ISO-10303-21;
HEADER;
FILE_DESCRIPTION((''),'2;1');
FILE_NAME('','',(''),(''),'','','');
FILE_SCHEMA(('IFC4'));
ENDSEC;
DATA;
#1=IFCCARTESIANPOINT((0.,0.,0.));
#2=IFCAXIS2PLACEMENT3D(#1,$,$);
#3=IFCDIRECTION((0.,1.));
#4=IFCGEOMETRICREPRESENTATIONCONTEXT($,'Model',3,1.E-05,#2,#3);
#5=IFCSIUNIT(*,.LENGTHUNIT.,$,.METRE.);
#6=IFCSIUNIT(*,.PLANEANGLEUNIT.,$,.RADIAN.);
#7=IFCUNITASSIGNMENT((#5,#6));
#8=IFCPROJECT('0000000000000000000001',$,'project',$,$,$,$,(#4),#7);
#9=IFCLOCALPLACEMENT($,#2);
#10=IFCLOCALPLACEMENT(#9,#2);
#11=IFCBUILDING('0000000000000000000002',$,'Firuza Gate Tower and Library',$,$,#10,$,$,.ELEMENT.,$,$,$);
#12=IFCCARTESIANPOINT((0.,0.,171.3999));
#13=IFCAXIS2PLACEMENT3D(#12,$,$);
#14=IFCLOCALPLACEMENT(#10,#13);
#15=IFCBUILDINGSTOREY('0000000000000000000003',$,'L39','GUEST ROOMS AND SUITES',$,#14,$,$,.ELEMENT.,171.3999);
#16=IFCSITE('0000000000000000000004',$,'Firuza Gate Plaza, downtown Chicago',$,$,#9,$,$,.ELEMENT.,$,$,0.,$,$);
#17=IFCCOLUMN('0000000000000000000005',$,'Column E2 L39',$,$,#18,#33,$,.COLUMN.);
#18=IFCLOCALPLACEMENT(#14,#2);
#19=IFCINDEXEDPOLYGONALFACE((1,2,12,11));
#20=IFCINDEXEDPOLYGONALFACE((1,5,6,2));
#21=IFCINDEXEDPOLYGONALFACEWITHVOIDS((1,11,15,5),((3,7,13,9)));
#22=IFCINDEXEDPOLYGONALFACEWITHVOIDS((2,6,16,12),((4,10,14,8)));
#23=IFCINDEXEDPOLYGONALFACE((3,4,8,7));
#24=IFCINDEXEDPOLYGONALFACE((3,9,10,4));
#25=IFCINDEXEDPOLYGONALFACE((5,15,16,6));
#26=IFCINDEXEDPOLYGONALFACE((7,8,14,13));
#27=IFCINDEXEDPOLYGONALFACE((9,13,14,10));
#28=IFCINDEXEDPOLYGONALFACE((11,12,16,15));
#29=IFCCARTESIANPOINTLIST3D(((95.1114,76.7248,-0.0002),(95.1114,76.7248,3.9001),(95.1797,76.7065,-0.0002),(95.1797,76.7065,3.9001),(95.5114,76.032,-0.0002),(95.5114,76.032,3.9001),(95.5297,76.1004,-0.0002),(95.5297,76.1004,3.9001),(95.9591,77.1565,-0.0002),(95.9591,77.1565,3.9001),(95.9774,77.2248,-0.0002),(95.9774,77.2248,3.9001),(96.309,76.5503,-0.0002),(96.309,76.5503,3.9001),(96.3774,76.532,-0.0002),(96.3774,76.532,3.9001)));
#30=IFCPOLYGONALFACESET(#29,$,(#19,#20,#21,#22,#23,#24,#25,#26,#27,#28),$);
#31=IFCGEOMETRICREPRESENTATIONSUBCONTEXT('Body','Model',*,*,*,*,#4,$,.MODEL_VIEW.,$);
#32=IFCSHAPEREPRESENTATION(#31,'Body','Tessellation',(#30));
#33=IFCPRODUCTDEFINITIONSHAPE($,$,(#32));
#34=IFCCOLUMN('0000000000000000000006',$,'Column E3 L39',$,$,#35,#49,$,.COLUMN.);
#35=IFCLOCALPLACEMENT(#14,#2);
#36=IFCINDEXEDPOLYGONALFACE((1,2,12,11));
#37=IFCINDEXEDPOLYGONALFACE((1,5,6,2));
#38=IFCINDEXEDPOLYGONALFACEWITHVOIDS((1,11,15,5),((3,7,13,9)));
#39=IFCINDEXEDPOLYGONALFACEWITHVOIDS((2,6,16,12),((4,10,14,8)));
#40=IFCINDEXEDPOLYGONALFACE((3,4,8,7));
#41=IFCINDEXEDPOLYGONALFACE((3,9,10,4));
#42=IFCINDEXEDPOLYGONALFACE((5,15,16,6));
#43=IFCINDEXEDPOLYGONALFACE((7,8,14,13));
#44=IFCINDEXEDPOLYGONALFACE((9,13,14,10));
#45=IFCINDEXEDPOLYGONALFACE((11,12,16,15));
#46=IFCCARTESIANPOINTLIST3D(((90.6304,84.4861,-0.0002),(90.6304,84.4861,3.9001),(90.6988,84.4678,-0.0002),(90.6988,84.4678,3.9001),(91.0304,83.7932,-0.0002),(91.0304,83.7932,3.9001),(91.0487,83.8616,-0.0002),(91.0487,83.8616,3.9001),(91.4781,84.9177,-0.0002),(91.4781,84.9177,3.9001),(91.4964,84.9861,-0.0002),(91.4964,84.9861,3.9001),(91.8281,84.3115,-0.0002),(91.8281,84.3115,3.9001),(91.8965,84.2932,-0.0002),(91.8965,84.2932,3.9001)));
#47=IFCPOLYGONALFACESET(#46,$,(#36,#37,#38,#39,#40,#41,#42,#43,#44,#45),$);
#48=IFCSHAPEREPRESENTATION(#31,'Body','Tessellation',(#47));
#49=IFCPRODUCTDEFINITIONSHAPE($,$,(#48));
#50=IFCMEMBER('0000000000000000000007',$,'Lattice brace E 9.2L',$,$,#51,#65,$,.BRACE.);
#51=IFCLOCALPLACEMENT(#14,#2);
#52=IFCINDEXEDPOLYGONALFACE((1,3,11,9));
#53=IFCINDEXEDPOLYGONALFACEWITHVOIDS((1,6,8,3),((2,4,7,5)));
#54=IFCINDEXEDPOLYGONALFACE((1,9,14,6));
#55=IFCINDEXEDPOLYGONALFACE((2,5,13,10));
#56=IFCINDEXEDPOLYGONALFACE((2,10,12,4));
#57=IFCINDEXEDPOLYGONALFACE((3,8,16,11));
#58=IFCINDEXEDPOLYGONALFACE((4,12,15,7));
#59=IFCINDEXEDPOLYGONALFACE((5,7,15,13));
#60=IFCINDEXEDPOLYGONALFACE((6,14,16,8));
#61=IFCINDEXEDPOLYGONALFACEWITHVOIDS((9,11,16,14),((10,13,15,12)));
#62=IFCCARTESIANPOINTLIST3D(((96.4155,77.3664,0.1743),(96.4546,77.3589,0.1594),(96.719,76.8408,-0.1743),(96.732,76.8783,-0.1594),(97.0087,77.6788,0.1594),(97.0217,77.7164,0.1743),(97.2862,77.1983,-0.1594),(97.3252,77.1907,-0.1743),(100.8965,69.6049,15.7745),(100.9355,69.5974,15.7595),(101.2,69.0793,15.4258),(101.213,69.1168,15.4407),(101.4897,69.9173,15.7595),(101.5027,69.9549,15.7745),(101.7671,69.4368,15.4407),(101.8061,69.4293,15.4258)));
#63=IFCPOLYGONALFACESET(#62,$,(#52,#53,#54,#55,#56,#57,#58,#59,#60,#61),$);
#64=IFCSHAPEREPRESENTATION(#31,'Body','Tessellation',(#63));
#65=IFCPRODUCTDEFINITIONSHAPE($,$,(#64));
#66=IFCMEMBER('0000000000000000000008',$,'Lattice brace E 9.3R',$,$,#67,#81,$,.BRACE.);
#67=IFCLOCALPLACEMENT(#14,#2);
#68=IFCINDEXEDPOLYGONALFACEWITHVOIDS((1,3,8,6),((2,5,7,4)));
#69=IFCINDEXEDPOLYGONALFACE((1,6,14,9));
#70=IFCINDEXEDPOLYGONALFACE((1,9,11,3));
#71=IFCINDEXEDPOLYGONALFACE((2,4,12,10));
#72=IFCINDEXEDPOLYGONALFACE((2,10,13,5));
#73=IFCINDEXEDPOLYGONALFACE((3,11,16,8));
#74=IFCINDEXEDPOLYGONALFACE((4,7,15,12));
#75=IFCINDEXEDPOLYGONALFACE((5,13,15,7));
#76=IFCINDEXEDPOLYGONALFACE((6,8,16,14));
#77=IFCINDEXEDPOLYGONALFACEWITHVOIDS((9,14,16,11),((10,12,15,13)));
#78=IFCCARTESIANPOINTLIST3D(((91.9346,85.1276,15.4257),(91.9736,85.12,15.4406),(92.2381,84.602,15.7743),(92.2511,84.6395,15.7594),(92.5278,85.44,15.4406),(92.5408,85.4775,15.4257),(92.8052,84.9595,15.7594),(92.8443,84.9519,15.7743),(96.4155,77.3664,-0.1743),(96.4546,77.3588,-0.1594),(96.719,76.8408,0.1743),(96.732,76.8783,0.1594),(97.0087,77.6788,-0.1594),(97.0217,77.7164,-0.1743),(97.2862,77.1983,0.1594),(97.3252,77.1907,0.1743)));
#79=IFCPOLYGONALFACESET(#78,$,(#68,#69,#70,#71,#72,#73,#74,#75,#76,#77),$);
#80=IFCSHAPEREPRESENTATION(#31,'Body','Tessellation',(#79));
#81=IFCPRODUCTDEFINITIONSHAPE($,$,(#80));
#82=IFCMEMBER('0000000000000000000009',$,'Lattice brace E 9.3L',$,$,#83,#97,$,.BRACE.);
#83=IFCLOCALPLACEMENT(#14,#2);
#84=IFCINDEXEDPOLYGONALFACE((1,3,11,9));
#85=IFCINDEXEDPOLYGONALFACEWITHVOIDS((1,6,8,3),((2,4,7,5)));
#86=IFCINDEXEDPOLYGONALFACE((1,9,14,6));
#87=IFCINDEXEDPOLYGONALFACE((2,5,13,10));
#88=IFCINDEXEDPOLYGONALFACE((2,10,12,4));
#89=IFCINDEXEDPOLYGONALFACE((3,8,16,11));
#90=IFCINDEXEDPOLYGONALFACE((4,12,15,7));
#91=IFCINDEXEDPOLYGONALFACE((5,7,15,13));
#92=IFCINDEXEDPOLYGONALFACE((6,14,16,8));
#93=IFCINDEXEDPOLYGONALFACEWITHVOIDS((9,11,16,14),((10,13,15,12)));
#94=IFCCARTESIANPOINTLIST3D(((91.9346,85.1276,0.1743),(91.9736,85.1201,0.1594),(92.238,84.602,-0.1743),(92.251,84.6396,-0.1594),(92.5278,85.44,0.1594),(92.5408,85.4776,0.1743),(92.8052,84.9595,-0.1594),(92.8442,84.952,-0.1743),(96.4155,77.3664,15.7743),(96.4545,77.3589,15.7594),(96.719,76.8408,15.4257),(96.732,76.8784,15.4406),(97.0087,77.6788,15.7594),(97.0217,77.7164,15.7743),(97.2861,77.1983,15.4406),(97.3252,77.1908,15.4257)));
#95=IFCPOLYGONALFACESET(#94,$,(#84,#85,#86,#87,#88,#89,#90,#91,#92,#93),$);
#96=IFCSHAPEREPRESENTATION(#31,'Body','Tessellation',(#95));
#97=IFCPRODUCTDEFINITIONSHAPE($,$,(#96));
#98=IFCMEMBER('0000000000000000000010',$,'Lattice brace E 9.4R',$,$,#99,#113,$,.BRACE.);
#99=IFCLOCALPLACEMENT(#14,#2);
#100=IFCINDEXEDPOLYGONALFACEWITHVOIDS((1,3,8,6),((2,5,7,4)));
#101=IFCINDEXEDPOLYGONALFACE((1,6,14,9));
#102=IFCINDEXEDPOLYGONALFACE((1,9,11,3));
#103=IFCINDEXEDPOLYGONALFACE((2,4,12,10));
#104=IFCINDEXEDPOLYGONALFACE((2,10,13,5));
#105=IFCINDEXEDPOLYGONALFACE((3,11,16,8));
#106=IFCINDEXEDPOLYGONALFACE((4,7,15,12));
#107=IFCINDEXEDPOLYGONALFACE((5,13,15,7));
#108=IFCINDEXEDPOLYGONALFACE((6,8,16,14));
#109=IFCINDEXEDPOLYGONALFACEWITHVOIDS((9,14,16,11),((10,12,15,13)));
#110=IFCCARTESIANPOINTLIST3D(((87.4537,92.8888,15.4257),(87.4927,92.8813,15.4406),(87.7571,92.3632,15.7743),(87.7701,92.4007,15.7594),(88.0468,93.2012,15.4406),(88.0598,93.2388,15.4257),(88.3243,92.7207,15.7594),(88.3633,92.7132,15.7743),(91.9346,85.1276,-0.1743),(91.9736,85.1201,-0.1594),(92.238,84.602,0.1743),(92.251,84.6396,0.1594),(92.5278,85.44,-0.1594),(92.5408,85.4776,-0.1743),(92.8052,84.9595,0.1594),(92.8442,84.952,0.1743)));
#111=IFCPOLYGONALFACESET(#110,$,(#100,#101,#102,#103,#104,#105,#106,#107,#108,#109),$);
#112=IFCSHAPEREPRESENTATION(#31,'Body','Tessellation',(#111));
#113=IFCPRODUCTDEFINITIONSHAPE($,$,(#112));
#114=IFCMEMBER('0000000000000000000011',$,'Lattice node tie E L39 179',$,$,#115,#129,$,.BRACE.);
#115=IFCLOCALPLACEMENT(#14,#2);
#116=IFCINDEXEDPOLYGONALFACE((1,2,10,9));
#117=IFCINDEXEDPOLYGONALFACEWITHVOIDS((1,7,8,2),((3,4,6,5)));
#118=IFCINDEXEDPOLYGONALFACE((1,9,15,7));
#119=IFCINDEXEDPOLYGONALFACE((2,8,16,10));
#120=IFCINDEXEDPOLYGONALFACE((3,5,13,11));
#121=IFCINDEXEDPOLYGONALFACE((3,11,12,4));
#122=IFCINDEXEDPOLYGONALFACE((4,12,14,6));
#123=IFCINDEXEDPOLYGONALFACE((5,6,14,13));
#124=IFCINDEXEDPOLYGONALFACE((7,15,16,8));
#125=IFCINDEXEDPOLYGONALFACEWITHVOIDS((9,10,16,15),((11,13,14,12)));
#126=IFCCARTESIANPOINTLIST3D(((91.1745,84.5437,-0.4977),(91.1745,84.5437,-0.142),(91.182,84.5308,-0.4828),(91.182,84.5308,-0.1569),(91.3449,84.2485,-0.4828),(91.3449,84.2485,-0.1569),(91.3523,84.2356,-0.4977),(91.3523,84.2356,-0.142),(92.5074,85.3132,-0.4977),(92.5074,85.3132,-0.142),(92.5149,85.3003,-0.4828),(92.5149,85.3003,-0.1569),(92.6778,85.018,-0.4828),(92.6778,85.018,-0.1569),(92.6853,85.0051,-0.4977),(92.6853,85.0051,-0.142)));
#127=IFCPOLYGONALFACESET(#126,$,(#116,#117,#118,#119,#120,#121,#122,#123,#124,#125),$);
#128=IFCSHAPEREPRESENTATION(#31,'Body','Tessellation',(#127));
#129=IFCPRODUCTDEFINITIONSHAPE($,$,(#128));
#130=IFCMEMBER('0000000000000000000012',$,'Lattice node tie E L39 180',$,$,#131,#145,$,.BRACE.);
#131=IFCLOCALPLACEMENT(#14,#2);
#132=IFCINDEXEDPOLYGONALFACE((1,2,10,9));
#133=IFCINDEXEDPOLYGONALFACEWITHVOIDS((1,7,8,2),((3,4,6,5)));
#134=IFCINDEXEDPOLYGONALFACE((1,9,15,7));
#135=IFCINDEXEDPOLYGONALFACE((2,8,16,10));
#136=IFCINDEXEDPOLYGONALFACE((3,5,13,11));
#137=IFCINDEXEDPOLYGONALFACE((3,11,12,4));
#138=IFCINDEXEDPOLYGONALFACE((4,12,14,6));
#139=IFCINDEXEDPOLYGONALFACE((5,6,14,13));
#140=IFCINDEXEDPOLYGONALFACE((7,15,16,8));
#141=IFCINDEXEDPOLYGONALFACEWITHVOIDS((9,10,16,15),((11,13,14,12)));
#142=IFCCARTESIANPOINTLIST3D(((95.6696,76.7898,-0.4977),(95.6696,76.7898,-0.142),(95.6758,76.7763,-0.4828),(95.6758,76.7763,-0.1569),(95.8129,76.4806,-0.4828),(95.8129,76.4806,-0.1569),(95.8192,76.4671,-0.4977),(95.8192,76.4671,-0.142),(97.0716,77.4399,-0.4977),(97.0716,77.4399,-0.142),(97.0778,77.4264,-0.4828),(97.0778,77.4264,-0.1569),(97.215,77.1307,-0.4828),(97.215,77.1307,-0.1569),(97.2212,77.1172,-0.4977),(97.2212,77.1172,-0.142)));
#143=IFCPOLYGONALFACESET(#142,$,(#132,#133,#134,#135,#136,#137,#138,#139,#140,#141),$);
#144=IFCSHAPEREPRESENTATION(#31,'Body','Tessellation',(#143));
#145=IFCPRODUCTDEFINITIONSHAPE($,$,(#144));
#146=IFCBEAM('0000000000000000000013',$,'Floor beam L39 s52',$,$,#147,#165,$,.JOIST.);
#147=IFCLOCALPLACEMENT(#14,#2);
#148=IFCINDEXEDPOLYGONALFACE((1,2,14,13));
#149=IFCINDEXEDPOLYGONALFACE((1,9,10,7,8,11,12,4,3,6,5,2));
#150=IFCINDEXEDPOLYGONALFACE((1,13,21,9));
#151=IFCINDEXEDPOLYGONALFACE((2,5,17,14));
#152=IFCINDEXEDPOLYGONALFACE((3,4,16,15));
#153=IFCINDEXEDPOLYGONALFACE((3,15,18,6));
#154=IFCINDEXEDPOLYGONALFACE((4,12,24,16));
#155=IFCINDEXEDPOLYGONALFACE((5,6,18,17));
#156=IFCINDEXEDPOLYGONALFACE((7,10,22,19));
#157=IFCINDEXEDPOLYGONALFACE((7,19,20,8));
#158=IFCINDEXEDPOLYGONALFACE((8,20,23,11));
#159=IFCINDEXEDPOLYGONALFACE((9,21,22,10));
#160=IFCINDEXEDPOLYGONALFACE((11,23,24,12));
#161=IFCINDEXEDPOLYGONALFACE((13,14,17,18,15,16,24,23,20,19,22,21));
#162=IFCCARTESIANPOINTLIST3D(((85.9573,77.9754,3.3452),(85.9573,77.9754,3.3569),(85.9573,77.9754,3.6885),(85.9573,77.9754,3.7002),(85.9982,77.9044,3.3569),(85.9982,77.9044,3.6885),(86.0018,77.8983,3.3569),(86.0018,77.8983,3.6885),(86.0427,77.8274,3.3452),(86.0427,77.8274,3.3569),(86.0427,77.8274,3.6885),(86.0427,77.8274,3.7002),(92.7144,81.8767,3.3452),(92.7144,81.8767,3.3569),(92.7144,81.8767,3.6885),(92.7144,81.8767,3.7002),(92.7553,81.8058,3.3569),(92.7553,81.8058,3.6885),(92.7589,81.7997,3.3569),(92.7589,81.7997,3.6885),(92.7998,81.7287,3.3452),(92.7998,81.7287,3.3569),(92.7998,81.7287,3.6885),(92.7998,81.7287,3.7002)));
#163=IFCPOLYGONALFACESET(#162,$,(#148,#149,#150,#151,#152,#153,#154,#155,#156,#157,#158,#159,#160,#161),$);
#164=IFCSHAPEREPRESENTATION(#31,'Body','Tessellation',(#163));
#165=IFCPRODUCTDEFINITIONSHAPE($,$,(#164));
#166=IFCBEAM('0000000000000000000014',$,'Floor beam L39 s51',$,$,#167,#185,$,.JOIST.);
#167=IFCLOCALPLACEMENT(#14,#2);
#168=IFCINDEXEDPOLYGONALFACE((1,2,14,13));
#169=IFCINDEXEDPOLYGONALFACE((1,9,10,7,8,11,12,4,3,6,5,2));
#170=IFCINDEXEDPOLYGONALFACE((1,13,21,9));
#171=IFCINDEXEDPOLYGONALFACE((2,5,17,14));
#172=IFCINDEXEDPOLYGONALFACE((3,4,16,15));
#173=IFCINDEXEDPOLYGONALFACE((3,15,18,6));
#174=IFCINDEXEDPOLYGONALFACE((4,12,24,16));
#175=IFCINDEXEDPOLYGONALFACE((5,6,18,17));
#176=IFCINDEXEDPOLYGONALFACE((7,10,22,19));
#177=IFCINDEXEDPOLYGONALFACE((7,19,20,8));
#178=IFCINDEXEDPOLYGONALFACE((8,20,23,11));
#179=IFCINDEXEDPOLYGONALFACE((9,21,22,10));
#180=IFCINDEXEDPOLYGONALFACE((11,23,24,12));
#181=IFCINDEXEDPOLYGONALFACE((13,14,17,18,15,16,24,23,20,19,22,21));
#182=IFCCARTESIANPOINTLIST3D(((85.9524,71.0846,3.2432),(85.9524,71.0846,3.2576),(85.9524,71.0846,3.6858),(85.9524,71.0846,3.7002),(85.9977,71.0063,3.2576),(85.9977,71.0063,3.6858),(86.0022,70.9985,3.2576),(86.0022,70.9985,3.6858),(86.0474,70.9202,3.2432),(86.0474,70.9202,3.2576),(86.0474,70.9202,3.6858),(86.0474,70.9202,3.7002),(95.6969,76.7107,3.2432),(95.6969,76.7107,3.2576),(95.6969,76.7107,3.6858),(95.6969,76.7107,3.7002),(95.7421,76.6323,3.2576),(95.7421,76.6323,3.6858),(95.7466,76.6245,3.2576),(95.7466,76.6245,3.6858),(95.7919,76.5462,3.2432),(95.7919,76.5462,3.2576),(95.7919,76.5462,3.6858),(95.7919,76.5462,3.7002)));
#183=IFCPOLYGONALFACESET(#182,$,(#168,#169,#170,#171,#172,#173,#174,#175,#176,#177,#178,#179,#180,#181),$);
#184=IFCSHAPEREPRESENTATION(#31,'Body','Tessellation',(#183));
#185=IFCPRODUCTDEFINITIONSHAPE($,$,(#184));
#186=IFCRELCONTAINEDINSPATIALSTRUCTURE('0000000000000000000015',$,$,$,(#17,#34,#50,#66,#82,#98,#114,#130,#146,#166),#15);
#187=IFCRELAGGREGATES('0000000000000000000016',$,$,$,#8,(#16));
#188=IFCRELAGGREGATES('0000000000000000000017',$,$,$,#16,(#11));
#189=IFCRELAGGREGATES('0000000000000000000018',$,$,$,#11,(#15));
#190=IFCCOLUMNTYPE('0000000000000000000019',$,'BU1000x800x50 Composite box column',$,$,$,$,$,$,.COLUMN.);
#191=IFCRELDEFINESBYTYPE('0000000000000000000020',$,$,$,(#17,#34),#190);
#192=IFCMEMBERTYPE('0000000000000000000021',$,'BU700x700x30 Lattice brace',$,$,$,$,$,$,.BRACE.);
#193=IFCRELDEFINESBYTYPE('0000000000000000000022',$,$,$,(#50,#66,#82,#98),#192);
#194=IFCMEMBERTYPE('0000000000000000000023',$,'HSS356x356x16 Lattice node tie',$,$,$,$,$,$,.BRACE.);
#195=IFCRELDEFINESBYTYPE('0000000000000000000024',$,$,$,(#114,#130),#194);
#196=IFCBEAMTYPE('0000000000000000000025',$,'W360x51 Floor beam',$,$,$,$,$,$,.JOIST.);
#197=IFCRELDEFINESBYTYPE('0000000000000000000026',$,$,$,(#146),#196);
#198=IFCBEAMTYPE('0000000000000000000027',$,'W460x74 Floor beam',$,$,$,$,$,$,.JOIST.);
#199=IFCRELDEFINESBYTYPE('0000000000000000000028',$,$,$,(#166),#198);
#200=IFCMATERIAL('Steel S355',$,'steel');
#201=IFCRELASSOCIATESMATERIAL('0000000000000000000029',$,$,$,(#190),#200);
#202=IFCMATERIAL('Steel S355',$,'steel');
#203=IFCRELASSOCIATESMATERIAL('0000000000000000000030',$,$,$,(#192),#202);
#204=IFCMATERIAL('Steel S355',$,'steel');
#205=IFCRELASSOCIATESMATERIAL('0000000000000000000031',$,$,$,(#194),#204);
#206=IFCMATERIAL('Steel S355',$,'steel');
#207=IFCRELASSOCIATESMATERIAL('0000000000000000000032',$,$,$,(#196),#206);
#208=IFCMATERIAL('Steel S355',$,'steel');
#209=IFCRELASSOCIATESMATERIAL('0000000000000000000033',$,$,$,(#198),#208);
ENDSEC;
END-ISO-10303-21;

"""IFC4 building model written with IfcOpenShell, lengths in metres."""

from ifc_helpers import new_model, si_unit, direction, frame, origin, origin_2d, place, context, subcontext, project, spatial, hollow_rectangle, i_section, extrude, material, material_profile, profile_set, type_object, element, save


model = new_model("IFC4")

# Units and contexts
model_context = context("Model", 3, precision=1e-05, world=origin(), true_north=direction((0.0, 1.0)))
body_context = subcontext(model_context, "Body", "Model", "MODEL_VIEW")
ifc_project = project(units=[si_unit("LENGTHUNIT", "METRE"), si_unit("PLANEANGLEUNIT", "RADIAN")], contexts=[model_context])

# Site, building, storey
site_placement = place(None, origin())
site = spatial("IfcSite", under=ifc_project, at=site_placement, Name="Firuza Gate Plaza, downtown Chicago", CompositionType="ELEMENT", RefElevation=0.0)
building_placement = place(site_placement, origin())
building = spatial("IfcBuilding", under=site, at=building_placement, Name="Firuza Gate Tower and Library", CompositionType="ELEMENT")
storey_placement = place(building_placement, frame((0.0, 0.0, 171.3999)))
storey = spatial("IfcBuildingStorey", under=building, at=storey_placement, Name="L39", Description="GUEST ROOMS AND SUITES", CompositionType="ELEMENT", Elevation=171.3999)

# Columns
ifc_material_1 = material(Name="Steel S355", Category="steel")
ifc_material_profile_1 = material_profile(ifc_material_1, hollow_rectangle(XDim=0.8, YDim=1.0, WallThickness=0.05, at=origin_2d()))
ifc_profile_set_1 = profile_set([ifc_material_profile_1], Name="Steel S355")
column_type = type_object("IfcColumnType", Name="BU1000x800x50 Composite box column", PredefinedType="COLUMN", material=ifc_profile_set_1)
for number, where, z_axis, x_axis, name in (
    (1, (95.7444, 76.6284, -0.0002), (0.0, 0.0, 1.0), (-0.5, 0.866025, 0.0), "Column E2 L39"),
    (2, (91.2634, 84.3896, -0.0002), (0.0, 0.0, 1.0), (-0.5, 0.866025, 0.0), "Column E3 L39"),
):
    element("IfcColumn", number, at=place(storey_placement, frame(where, z_axis=z_axis, x_axis=x_axis)), inside=storey, type_object=column_type, Name=name, PredefinedType="COLUMN", context=body_context, shape_type="SweptSolid", body=[
        extrude(hollow_rectangle(XDim=0.8, YDim=1.0, WallThickness=0.05, at=origin_2d()), origin(), (0.0, 0.0, 1.0), 3.9004),
    ])

# Members
ifc_material_2 = material(Name="Steel S355", Category="steel")
ifc_material_profile_2 = material_profile(ifc_material_2, hollow_rectangle(XDim=0.7, YDim=0.7, WallThickness=0.03, at=origin_2d()))
ifc_profile_set_2 = profile_set([ifc_material_profile_2], Name="Steel S355")
member_type_1 = type_object("IfcMemberType", Name="BU700x700x30 Lattice brace", PredefinedType="BRACE", material=ifc_profile_set_2)
member_1_placement = place(storey_placement, frame((96.8704, 77.2786, 0.0), z_axis=(0.249064, -0.431404, 0.867097), x_axis=(0.866032, 0.499989, 0.0)))
element("IfcMember", 3, at=member_1_placement, inside=storey, type_object=member_type_1, Name="Lattice brace E 9.2L", PredefinedType="BRACE", context=body_context, shape_type="SweptSolid", body=[
    extrude(hollow_rectangle(XDim=0.7, YDim=0.7, WallThickness=0.03, at=origin_2d()), origin(), (0.0, 0.0, 1.0), 17.9912),
])
for number, where, z_axis, x_axis, name in (
    (4, (96.8704, 77.2786, 0.0), (-0.249066, 0.431393, 0.867102), (-0.866025, -0.500001, 0.0), "Lattice brace E 9.3R"),
    (5, (92.3894, 85.0398, 0.0), (0.249066, -0.431393, 0.867102), (0.866025, 0.500001, 0.0), "Lattice brace E 9.3L"),
    (6, (92.3894, 85.0398, 0.0), (-0.249066, 0.431393, 0.867102), (-0.866025, -0.500001, 0.0), "Lattice brace E 9.4R"),
):
    element("IfcMember", number, at=place(storey_placement, frame(where, z_axis=z_axis, x_axis=x_axis)), inside=storey, type_object=member_type_1, Name=name, PredefinedType="BRACE", context=body_context, shape_type="SweptSolid", body=[
        extrude(hollow_rectangle(XDim=0.7, YDim=0.7, WallThickness=0.03, at=origin_2d()), origin(), (0.0, 0.0, 1.0), 17.991),
    ])
ifc_material_3 = material(Name="Steel S355", Category="steel")
ifc_material_profile_3 = material_profile(ifc_material_3, hollow_rectangle(XDim=0.3557, YDim=0.3557, WallThickness=0.0149, at=origin_2d()))
ifc_profile_set_3 = profile_set([ifc_material_profile_3], Name="Steel S355")
member_type_2 = type_object("IfcMemberType", Name="HSS356x356x16 Lattice node tie", PredefinedType="BRACE", material=ifc_profile_set_3)
member_2_placement = place(storey_placement, frame((91.2634, 84.3896, -0.3198), z_axis=(0.866048, 0.49996, 0.0), x_axis=(-0.49996, 0.866048, 0.0)))
element("IfcMember", 7, at=member_2_placement, inside=storey, type_object=member_type_2, Name="Lattice node tie E L39 179", PredefinedType="BRACE", context=body_context, shape_type="SweptSolid", body=[
    extrude(hollow_rectangle(XDim=0.3557, YDim=0.3557, WallThickness=0.0149, at=origin_2d()), origin(), (0.0, 0.0, 1.0), 1.5391),
])
member_3_placement = place(storey_placement, frame((95.7444, 76.6284, -0.3198), z_axis=(0.907214, 0.42067, 0.0), x_axis=(-0.42067, 0.907214, 0.0)))
element("IfcMember", 8, at=member_3_placement, inside=storey, type_object=member_type_2, Name="Lattice node tie E L39 180", PredefinedType="BRACE", context=body_context, shape_type="SweptSolid", body=[
    extrude(hollow_rectangle(XDim=0.3557, YDim=0.3557, WallThickness=0.0149, at=origin_2d()), origin(), (0.0, 0.0, 1.0), 1.5454),
])

# Beams
ifc_material_4 = material(Name="Steel S355", Category="steel")
ifc_material_profile_4 = material_profile(ifc_material_4, i_section(OverallWidth=0.1709, OverallDepth=0.355, WebThickness=0.0071, FlangeThickness=0.0117, at=origin_2d()))
ifc_profile_set_4 = profile_set([ifc_material_profile_4], Name="Steel S355")
beam_type_1 = type_object("IfcBeamType", Name="W360x51 Floor beam", PredefinedType="JOIST", material=ifc_profile_set_4)
beam_1_placement = place(storey_placement, frame((92.7571, 81.8027, 3.5227), z_axis=(-0.866016, -0.500016, 0.0), x_axis=(0.500016, -0.866016, 0.0)))
element("IfcBeam", 9, at=beam_1_placement, inside=storey, type_object=beam_type_1, Name="Floor beam L39 s52", PredefinedType="JOIST", context=body_context, shape_type="SweptSolid", body=[
    extrude(i_section(OverallWidth=0.1709, OverallDepth=0.355, WebThickness=0.0071, FlangeThickness=0.0117, at=origin_2d()), origin(), (0.0, 0.0, 1.0), 7.8025),
])
ifc_material_5 = material(Name="Steel S355", Category="steel")
ifc_material_profile_5 = material_profile(ifc_material_5, i_section(OverallWidth=0.1899, OverallDepth=0.457, WebThickness=0.009, FlangeThickness=0.0144, at=origin_2d()))
ifc_profile_set_5 = profile_set([ifc_material_profile_5], Name="Steel S355")
beam_type_2 = type_object("IfcBeamType", Name="W460x74 Floor beam", PredefinedType="JOIST", material=ifc_profile_set_5)
beam_2_placement = place(storey_placement, frame((95.7444, 76.6284, 3.4717), z_axis=(-0.866023, -0.500004, 0.0), x_axis=(0.500004, -0.866023, 0.0)))
element("IfcBeam", 10, at=beam_2_placement, inside=storey, type_object=beam_type_2, Name="Floor beam L39 s51", PredefinedType="JOIST", context=body_context, shape_type="SweptSolid", body=[
    extrude(i_section(OverallWidth=0.1899, OverallDepth=0.457, WebThickness=0.009, FlangeThickness=0.0144, at=origin_2d()), origin(), (0.0, 0.0, 1.0), 11.252),
])

save(model, "model.ifc")
